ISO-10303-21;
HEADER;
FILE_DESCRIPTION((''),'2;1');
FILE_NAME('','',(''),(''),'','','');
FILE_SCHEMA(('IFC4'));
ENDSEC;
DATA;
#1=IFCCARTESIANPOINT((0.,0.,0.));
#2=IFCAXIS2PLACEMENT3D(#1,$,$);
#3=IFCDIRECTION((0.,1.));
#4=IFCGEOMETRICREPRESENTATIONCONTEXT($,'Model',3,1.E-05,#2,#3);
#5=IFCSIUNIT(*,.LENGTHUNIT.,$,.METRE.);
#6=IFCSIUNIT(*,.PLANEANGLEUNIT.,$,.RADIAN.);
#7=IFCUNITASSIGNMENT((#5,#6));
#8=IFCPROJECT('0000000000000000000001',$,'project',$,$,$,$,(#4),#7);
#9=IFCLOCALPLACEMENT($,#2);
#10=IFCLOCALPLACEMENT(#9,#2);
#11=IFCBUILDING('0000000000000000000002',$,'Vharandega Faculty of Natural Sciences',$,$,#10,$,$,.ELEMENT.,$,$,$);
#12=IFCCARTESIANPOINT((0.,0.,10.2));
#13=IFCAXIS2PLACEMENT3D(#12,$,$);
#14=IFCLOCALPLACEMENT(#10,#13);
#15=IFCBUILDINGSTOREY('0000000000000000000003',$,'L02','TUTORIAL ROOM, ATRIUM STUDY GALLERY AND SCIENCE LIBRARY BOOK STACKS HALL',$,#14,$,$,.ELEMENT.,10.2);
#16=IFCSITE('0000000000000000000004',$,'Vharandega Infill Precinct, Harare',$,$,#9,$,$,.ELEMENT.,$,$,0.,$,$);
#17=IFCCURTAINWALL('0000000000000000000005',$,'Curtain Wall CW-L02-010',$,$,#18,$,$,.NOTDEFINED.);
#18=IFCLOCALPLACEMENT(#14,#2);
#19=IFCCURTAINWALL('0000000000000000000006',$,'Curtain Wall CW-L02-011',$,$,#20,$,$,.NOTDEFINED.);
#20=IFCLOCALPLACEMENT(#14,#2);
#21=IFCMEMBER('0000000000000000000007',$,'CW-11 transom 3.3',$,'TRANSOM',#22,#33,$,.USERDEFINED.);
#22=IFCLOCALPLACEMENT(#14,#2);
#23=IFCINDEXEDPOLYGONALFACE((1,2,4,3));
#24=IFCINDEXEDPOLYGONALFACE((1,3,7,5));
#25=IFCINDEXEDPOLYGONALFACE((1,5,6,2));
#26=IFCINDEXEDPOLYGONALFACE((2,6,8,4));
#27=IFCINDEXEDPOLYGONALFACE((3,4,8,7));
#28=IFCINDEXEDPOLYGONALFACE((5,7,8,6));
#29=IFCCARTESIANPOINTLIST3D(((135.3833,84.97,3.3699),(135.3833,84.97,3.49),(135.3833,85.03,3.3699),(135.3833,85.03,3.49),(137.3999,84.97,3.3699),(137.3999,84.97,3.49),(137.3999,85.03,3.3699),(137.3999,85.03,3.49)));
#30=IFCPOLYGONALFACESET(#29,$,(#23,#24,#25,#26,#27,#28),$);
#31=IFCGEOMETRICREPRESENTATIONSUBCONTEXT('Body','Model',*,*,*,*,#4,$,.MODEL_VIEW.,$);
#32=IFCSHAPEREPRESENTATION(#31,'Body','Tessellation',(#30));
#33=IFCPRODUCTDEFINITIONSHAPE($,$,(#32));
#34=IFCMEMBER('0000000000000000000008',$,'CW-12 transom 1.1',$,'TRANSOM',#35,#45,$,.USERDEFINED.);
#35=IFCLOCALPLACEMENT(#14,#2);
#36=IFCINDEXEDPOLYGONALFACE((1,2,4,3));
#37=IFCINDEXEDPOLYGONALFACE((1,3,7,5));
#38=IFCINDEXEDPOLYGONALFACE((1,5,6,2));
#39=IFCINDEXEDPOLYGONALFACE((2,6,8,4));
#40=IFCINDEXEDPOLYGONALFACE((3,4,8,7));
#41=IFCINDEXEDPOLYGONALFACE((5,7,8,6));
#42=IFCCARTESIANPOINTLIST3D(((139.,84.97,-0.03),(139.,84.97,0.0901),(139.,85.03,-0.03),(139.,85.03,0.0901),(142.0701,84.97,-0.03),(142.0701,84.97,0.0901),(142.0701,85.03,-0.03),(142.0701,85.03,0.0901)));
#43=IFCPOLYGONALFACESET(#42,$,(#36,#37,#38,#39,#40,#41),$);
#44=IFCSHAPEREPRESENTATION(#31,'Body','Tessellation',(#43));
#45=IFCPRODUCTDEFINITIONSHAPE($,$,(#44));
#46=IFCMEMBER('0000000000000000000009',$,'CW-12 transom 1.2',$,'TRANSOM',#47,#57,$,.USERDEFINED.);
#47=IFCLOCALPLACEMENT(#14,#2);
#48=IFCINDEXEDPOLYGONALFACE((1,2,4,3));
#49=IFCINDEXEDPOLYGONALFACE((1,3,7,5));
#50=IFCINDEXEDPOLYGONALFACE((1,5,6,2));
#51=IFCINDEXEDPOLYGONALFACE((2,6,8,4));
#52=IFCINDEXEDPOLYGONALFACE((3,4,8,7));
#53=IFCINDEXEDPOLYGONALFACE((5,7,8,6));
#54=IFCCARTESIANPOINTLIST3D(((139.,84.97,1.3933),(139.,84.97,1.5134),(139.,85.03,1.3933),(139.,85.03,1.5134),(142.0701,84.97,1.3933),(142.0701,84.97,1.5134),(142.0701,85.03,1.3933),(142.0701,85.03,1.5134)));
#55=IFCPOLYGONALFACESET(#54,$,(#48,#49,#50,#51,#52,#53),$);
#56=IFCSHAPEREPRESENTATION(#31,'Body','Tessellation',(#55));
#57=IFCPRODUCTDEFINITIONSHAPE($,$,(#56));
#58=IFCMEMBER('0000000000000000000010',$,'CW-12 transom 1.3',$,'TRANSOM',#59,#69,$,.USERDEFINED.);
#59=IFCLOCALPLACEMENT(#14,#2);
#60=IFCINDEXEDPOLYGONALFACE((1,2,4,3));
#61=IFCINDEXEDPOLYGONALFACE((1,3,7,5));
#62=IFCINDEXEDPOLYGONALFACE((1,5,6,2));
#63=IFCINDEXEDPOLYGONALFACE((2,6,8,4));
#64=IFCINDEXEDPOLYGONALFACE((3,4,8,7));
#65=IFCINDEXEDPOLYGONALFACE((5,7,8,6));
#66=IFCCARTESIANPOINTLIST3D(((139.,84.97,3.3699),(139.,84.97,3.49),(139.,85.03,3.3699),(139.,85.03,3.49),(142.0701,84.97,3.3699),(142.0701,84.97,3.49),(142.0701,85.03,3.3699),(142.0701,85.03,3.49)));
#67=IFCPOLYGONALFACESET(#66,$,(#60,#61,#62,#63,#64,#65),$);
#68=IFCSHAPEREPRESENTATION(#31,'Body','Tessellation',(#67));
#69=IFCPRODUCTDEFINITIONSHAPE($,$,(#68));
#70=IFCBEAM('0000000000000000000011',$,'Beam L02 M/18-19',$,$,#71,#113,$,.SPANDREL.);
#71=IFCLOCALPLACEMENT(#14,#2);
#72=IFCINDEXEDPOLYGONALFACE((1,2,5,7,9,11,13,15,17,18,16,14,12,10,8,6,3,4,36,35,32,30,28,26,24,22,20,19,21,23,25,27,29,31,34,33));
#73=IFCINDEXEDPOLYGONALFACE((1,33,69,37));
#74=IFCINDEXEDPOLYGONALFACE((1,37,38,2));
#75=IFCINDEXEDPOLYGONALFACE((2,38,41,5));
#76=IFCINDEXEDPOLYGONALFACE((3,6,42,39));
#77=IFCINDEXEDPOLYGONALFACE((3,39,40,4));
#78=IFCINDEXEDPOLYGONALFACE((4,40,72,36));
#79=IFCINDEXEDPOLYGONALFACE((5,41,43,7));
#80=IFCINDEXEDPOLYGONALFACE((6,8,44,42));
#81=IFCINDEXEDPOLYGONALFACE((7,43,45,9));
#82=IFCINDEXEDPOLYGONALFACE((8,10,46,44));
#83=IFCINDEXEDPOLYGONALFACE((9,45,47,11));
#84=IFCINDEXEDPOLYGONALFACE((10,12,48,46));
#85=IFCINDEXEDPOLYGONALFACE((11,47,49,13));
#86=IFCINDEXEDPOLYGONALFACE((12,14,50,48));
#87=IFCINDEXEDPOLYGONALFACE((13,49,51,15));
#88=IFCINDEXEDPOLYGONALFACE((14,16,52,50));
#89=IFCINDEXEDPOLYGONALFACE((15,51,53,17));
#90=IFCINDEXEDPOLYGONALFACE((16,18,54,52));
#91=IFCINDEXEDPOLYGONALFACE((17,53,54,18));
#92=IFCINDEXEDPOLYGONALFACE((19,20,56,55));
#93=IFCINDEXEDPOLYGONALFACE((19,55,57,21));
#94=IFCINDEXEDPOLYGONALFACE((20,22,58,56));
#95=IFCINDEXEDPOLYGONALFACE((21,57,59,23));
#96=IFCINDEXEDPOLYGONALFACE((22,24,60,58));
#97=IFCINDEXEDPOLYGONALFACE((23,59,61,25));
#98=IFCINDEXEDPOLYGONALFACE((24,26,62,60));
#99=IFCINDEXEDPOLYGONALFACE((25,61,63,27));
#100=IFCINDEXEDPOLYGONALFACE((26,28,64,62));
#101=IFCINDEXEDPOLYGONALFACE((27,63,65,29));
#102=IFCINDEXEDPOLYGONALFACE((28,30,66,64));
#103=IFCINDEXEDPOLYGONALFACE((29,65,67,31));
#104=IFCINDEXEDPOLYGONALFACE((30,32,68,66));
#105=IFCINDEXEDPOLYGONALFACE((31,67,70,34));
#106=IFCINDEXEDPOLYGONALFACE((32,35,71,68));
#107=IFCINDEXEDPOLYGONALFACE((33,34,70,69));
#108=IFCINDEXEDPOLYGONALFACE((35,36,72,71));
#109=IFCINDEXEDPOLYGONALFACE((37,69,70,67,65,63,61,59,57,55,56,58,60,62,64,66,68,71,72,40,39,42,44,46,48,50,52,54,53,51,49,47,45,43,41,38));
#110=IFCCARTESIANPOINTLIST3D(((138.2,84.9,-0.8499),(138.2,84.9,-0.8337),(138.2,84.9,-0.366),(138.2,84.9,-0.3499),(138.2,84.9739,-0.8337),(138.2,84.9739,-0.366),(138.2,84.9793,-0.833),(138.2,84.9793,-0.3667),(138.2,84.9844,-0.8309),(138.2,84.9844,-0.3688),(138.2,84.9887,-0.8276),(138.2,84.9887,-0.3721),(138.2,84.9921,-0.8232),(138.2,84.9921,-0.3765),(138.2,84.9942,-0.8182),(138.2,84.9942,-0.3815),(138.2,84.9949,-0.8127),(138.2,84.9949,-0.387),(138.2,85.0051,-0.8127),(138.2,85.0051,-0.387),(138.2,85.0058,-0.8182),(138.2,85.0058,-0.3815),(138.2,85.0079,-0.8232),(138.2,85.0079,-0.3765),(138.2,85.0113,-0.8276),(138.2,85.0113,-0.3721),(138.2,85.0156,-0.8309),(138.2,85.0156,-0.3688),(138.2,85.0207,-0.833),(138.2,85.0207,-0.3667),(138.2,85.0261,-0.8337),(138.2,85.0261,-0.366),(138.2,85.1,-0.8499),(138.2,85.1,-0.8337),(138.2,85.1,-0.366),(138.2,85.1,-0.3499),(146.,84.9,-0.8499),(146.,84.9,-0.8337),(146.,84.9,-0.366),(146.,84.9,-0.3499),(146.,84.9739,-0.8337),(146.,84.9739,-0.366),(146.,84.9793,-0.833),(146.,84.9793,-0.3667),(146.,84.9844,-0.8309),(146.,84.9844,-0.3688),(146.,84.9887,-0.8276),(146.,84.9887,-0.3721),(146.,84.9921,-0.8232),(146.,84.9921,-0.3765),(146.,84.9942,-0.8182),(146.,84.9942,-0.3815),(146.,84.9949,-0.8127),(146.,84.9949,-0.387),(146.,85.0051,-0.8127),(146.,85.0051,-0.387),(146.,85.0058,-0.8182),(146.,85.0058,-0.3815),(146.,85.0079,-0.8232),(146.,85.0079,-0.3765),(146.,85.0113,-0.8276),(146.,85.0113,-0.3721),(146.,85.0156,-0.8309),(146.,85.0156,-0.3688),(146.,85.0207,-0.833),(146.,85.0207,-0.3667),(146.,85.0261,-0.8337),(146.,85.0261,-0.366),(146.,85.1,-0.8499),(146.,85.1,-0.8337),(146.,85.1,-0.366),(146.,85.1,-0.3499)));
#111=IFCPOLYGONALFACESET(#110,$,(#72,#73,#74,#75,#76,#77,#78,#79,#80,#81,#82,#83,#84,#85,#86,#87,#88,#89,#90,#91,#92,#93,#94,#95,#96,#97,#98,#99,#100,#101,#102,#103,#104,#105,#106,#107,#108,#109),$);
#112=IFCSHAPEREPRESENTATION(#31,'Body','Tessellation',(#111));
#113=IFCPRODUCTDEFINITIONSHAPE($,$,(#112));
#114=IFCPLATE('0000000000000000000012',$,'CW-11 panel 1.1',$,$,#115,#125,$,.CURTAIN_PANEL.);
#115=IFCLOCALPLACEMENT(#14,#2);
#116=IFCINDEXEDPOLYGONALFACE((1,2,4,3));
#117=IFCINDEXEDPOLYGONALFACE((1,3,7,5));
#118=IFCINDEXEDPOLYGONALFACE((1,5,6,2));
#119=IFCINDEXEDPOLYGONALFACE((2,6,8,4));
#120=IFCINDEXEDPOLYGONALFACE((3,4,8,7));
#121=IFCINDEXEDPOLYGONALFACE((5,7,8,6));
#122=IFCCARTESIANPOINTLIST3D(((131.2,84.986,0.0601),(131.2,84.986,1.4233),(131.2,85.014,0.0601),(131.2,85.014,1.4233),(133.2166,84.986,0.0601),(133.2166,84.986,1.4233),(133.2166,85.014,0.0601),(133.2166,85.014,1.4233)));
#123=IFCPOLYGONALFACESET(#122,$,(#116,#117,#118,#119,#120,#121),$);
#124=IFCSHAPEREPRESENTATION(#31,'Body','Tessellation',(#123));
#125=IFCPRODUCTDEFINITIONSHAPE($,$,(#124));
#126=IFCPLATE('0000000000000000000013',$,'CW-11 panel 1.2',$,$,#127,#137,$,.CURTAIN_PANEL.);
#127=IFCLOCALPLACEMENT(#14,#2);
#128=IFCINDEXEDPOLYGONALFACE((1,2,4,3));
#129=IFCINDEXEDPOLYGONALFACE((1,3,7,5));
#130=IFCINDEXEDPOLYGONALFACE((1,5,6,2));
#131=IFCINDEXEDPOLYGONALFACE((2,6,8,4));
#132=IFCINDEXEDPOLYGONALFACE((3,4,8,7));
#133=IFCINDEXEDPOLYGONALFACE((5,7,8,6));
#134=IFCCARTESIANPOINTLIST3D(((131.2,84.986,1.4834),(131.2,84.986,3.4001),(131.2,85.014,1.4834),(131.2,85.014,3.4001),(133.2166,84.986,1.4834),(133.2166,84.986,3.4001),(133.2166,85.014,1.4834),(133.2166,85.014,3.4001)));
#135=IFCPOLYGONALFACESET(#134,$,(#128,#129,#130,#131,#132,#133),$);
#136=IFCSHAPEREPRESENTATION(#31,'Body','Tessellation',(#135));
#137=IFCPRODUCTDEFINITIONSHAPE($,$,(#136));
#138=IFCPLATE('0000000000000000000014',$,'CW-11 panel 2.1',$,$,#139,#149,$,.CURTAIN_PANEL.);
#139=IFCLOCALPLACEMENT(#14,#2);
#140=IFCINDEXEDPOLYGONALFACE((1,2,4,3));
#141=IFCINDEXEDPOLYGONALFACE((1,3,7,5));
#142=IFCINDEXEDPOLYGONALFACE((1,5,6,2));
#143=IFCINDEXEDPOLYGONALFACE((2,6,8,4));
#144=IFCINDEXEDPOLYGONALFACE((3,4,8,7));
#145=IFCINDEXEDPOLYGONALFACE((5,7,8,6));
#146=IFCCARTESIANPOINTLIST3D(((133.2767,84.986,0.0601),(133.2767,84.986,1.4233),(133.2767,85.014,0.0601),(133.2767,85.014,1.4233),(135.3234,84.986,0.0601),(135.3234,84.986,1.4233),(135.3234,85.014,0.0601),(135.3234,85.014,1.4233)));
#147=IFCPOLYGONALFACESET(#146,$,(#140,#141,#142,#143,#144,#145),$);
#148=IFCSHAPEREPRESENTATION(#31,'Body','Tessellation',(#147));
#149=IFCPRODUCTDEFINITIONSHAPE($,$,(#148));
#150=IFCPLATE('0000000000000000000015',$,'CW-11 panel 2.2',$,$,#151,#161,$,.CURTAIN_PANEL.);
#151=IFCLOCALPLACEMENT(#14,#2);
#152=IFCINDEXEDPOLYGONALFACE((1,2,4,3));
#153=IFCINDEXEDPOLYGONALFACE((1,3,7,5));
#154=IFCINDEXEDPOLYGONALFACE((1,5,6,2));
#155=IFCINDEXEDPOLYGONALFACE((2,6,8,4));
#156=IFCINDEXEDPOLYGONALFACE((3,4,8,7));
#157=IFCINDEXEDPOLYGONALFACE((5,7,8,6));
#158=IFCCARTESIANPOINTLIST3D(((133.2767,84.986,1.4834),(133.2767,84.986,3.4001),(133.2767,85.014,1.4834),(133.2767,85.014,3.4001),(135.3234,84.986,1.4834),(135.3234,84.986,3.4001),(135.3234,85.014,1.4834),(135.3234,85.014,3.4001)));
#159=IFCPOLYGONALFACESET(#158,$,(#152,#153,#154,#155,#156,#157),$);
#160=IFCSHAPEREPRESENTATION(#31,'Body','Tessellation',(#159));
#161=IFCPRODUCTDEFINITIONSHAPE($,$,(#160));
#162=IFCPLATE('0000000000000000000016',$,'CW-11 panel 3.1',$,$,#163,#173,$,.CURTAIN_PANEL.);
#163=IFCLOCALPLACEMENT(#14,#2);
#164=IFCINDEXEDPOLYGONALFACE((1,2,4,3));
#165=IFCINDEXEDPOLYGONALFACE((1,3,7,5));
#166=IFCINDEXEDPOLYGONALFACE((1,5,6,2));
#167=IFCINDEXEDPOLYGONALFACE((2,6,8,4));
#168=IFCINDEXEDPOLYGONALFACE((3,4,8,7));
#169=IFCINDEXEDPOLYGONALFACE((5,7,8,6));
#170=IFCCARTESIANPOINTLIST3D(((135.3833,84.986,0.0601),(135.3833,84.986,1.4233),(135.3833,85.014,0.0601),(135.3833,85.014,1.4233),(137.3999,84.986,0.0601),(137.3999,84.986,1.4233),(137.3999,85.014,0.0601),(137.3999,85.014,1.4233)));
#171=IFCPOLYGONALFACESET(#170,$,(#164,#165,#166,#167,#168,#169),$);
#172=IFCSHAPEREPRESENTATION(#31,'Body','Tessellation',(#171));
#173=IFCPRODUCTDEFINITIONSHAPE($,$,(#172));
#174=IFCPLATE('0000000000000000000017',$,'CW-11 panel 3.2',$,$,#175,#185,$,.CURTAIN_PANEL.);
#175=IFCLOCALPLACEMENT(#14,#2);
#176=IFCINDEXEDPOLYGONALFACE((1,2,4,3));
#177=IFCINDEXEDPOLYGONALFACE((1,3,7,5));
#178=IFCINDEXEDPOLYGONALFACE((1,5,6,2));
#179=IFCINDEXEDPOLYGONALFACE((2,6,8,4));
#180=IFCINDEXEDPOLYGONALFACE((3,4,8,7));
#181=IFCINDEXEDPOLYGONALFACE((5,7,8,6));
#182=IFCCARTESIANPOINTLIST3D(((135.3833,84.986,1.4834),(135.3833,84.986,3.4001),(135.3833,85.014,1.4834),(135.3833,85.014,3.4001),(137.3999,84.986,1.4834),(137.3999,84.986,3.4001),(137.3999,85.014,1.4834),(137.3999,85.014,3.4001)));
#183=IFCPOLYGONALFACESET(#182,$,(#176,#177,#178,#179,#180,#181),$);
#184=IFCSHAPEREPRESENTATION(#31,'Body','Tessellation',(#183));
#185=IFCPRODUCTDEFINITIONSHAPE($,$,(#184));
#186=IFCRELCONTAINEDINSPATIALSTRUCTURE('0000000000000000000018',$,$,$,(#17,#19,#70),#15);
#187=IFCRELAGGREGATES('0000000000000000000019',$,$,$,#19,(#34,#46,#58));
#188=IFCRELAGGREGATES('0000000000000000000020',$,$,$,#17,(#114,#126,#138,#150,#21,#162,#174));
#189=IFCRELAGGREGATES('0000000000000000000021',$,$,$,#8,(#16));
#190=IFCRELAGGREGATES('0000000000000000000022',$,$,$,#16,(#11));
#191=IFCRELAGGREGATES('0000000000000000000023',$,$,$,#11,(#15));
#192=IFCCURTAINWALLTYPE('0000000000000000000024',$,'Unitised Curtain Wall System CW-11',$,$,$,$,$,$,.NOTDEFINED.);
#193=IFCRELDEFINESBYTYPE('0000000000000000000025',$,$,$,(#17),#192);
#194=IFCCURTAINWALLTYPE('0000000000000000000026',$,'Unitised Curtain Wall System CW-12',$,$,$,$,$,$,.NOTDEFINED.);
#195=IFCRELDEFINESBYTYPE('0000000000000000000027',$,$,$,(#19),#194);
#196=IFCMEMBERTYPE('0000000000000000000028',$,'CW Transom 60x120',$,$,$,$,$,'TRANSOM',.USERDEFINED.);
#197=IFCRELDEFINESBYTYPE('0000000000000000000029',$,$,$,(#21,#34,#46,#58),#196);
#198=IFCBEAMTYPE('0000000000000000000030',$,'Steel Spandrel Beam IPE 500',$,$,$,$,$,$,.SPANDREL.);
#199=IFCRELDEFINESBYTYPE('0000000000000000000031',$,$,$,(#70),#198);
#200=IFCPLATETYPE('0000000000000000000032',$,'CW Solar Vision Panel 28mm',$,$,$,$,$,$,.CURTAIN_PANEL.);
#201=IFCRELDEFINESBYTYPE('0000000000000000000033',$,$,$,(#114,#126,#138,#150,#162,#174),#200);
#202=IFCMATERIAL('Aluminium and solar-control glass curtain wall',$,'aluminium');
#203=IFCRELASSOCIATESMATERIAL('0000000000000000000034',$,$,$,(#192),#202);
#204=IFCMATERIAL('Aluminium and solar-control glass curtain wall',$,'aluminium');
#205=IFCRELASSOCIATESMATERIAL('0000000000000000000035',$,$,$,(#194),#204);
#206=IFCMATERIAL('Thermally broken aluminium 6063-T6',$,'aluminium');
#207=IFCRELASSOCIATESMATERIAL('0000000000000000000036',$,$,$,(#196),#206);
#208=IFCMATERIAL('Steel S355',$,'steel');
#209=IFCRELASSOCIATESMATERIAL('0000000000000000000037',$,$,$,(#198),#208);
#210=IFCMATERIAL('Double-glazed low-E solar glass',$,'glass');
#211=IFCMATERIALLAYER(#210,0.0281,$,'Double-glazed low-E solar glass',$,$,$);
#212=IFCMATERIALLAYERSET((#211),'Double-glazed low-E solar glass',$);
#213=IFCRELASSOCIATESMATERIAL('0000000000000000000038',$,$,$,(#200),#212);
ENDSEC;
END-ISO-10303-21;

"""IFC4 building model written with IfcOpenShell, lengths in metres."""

from ifc_helpers import new_model, si_unit, direction, frame, origin, origin_2d, place, context, subcontext, project, spatial, rectangle, i_section, extrude, material, layer, layer_set, material_profile, profile_set, type_object, element, aggregate, save


model = new_model("IFC4")

# Units and contexts
model_context = context("Model", 3, precision=1e-05, world=origin(), true_north=direction((0.0, 1.0)))
body_context = subcontext(model_context, "Body", "Model", "MODEL_VIEW")
ifc_project = project(units=[si_unit("LENGTHUNIT", "METRE"), si_unit("PLANEANGLEUNIT", "RADIAN")], contexts=[model_context])

# Site, building, storey
site_placement = place(None, origin())
site = spatial("IfcSite", under=ifc_project, at=site_placement, Name="Vharandega Infill Precinct, Harare", CompositionType="ELEMENT", RefElevation=0.0)
building_placement = place(site_placement, origin())
building = spatial("IfcBuilding", under=site, at=building_placement, Name="Vharandega Faculty of Natural Sciences", CompositionType="ELEMENT")
storey_placement = place(building_placement, frame((0.0, 0.0, 10.2)))
storey = spatial("IfcBuildingStorey", under=building, at=storey_placement, Name="L02", Description="TUTORIAL ROOM, ATRIUM STUDY GALLERY AND SCIENCE LIBRARY BOOK STACKS HALL", CompositionType="ELEMENT", Elevation=10.2)

# Curtain wall
ifc_material_1 = material(Name="Aluminium and solar-control glass curtain wall", Category="aluminium")
curtain_wall_type_1 = type_object("IfcCurtainWallType", Name="Unitised Curtain Wall System CW-11", PredefinedType="NOTDEFINED", material=ifc_material_1)
curtain_wall_1_placement = place(storey_placement, origin())
curtain_wall_1 = element("IfcCurtainWall", 1, at=curtain_wall_1_placement, inside=storey, type_object=curtain_wall_type_1, Name="Curtain Wall CW-L02-010", PredefinedType="NOTDEFINED")

# Curtain wall
ifc_material_2 = material(Name="Aluminium and solar-control glass curtain wall", Category="aluminium")
curtain_wall_type_2 = type_object("IfcCurtainWallType", Name="Unitised Curtain Wall System CW-12", PredefinedType="NOTDEFINED", material=ifc_material_2)
curtain_wall_2_placement = place(storey_placement, origin())
curtain_wall_2 = element("IfcCurtainWall", 2, at=curtain_wall_2_placement, inside=storey, type_object=curtain_wall_type_2, Name="Curtain Wall CW-L02-011", PredefinedType="NOTDEFINED")

# Members
ifc_material_3 = material(Name="Thermally broken aluminium 6063-T6", Category="aluminium")
ifc_material_profile_1 = material_profile(ifc_material_3, rectangle(XDim=0.0601, YDim=0.1201, at=origin_2d()), Name="ALU 60x120")
ifc_profile_set_1 = profile_set([ifc_material_profile_1], Name="Thermally broken aluminium 6063-T6")
member_type_1 = type_object("IfcMemberType", Name="CW Transom 60x120", ElementType="TRANSOM", PredefinedType="USERDEFINED", material=ifc_profile_set_1)
member_1_placement = place(storey_placement, frame((135.3833, 85.0, 3.4299), z_axis=(1.0, 0.0, 0.0), x_axis=(0.0, 1.0, 0.0)))
member_1 = element("IfcMember", 3, at=member_1_placement, type_object=member_type_1, Name="CW-11 transom 3.3", ObjectType="TRANSOM", PredefinedType="USERDEFINED", context=body_context, shape_type="SweptSolid", body=[
    extrude(rectangle(XDim=0.0601, YDim=0.1201, at=origin_2d()), origin(), (0.0, 0.0, 1.0), 2.0166),
])
member_2_placement = place(storey_placement, frame((139.0, 85.0, 0.03), z_axis=(1.0, 0.0, 0.0), x_axis=(0.0, 1.0, 0.0)))
member_2 = element("IfcMember", 4, at=member_2_placement, type_object=member_type_1, Name="CW-12 transom 1.1", ObjectType="TRANSOM", PredefinedType="USERDEFINED", context=body_context, shape_type="SweptSolid", body=[
    extrude(rectangle(XDim=0.0601, YDim=0.1201, at=origin_2d()), origin(), (0.0, 0.0, 1.0), 3.0701),
])
member_3_placement = place(storey_placement, frame((139.0, 85.0, 1.4534), z_axis=(1.0, 0.0, 0.0), x_axis=(0.0, 1.0, 0.0)))
member_3 = element("IfcMember", 5, at=member_3_placement, type_object=member_type_1, Name="CW-12 transom 1.2", ObjectType="TRANSOM", PredefinedType="USERDEFINED", context=body_context, shape_type="SweptSolid", body=[
    extrude(rectangle(XDim=0.0601, YDim=0.1201, at=origin_2d()), origin(), (0.0, 0.0, 1.0), 3.0701),
])
member_4_placement = place(storey_placement, frame((139.0, 85.0, 3.4299), z_axis=(1.0, 0.0, 0.0), x_axis=(0.0, 1.0, 0.0)))
member_4 = element("IfcMember", 6, at=member_4_placement, type_object=member_type_1, Name="CW-12 transom 1.3", ObjectType="TRANSOM", PredefinedType="USERDEFINED", context=body_context, shape_type="SweptSolid", body=[
    extrude(rectangle(XDim=0.0601, YDim=0.1201, at=origin_2d()), origin(), (0.0, 0.0, 1.0), 3.0701),
])
aggregate(curtain_wall_2, [member_2, member_3, member_4])

# Beam
ifc_material_4 = material(Name="Steel S355", Category="steel")
ifc_material_profile_2 = material_profile(ifc_material_4, i_section(OverallWidth=0.2, OverallDepth=0.5, WebThickness=0.0103, FlangeThickness=0.0161, FilletRadius=0.021, at=origin_2d()), Name="IPE 500")
ifc_profile_set_2 = profile_set([ifc_material_profile_2], Name="Steel S355")
beam_type = type_object("IfcBeamType", Name="Steel Spandrel Beam IPE 500", PredefinedType="SPANDREL", material=ifc_profile_set_2)
beam_placement = place(storey_placement, frame((138.2, 85.0, -0.5999), z_axis=(1.0, 0.0, 0.0), x_axis=(0.0, 1.0, 0.0)))
element("IfcBeam", 7, at=beam_placement, inside=storey, type_object=beam_type, Name="Beam L02 M/18-19", PredefinedType="SPANDREL", context=body_context, shape_type="SweptSolid", body=[
    extrude(i_section(OverallWidth=0.2, OverallDepth=0.5, WebThickness=0.0103, FlangeThickness=0.0161, FilletRadius=0.021, at=origin_2d()), origin(), (0.0, 0.0, 1.0), 7.8),
])

# Plates
ifc_material_5 = material(Name="Double-glazed low-E solar glass", Category="glass")
ifc_layer = layer(ifc_material_5, 0.0281, Name="Double-glazed low-E solar glass")
ifc_layer_set = layer_set([ifc_layer], Name="Double-glazed low-E solar glass")
plate_type = type_object("IfcPlateType", Name="CW Solar Vision Panel 28mm", PredefinedType="CURTAIN_PANEL", material=ifc_layer_set)
plate_1_placement = place(storey_placement, frame((132.2083, 85.0, 0.0601), z_axis=(0.0, 0.0, 1.0), x_axis=(1.0, 0.0, 0.0)))
plate_1 = element("IfcPlate", 8, at=plate_1_placement, type_object=plate_type, Name="CW-11 panel 1.1", PredefinedType="CURTAIN_PANEL", context=body_context, shape_type="SweptSolid", body=[
    extrude(rectangle(XDim=2.0166, YDim=0.0281, at=origin_2d()), origin(), (0.0, 0.0, 1.0), 1.3633),
])
plate_2_placement = place(storey_placement, frame((132.2083, 85.0, 1.4834), z_axis=(0.0, 0.0, 1.0), x_axis=(1.0, 0.0, 0.0)))
plate_2 = element("IfcPlate", 9, at=plate_2_placement, type_object=plate_type, Name="CW-11 panel 1.2", PredefinedType="CURTAIN_PANEL", context=body_context, shape_type="SweptSolid", body=[
    extrude(rectangle(XDim=2.0166, YDim=0.0281, at=origin_2d()), origin(), (0.0, 0.0, 1.0), 1.9167),
])
plate_3_placement = place(storey_placement, frame((134.3, 85.0, 0.0601), z_axis=(0.0, 0.0, 1.0), x_axis=(1.0, 0.0, 0.0)))
plate_3 = element("IfcPlate", 10, at=plate_3_placement, type_object=plate_type, Name="CW-11 panel 2.1", PredefinedType="CURTAIN_PANEL", context=body_context, shape_type="SweptSolid", body=[
    extrude(rectangle(XDim=2.0466, YDim=0.0281, at=origin_2d()), origin(), (0.0, 0.0, 1.0), 1.3633),
])
plate_4_placement = place(storey_placement, frame((134.3, 85.0, 1.4834), z_axis=(0.0, 0.0, 1.0), x_axis=(1.0, 0.0, 0.0)))
plate_4 = element("IfcPlate", 11, at=plate_4_placement, type_object=plate_type, Name="CW-11 panel 2.2", PredefinedType="CURTAIN_PANEL", context=body_context, shape_type="SweptSolid", body=[
    extrude(rectangle(XDim=2.0466, YDim=0.0281, at=origin_2d()), origin(), (0.0, 0.0, 1.0), 1.9167),
])
plate_5_placement = place(storey_placement, frame((136.3916, 85.0, 0.0601), z_axis=(0.0, 0.0, 1.0), x_axis=(1.0, 0.0, 0.0)))
plate_5 = element("IfcPlate", 12, at=plate_5_placement, type_object=plate_type, Name="CW-11 panel 3.1", PredefinedType="CURTAIN_PANEL", context=body_context, shape_type="SweptSolid", body=[
    extrude(rectangle(XDim=2.0166, YDim=0.0281, at=origin_2d()), origin(), (0.0, 0.0, 1.0), 1.3633),
])
plate_6_placement = place(storey_placement, frame((136.3916, 85.0, 1.4834), z_axis=(0.0, 0.0, 1.0), x_axis=(1.0, 0.0, 0.0)))
plate_6 = element("IfcPlate", 13, at=plate_6_placement, type_object=plate_type, Name="CW-11 panel 3.2", PredefinedType="CURTAIN_PANEL", context=body_context, shape_type="SweptSolid", body=[
    extrude(rectangle(XDim=2.0166, YDim=0.0281, at=origin_2d()), origin(), (0.0, 0.0, 1.0), 1.9167),
])
aggregate(curtain_wall_1, [plate_1, plate_2, plate_3, plate_4, member_1, plate_5, plate_6])

save(model, "model.ifc")
